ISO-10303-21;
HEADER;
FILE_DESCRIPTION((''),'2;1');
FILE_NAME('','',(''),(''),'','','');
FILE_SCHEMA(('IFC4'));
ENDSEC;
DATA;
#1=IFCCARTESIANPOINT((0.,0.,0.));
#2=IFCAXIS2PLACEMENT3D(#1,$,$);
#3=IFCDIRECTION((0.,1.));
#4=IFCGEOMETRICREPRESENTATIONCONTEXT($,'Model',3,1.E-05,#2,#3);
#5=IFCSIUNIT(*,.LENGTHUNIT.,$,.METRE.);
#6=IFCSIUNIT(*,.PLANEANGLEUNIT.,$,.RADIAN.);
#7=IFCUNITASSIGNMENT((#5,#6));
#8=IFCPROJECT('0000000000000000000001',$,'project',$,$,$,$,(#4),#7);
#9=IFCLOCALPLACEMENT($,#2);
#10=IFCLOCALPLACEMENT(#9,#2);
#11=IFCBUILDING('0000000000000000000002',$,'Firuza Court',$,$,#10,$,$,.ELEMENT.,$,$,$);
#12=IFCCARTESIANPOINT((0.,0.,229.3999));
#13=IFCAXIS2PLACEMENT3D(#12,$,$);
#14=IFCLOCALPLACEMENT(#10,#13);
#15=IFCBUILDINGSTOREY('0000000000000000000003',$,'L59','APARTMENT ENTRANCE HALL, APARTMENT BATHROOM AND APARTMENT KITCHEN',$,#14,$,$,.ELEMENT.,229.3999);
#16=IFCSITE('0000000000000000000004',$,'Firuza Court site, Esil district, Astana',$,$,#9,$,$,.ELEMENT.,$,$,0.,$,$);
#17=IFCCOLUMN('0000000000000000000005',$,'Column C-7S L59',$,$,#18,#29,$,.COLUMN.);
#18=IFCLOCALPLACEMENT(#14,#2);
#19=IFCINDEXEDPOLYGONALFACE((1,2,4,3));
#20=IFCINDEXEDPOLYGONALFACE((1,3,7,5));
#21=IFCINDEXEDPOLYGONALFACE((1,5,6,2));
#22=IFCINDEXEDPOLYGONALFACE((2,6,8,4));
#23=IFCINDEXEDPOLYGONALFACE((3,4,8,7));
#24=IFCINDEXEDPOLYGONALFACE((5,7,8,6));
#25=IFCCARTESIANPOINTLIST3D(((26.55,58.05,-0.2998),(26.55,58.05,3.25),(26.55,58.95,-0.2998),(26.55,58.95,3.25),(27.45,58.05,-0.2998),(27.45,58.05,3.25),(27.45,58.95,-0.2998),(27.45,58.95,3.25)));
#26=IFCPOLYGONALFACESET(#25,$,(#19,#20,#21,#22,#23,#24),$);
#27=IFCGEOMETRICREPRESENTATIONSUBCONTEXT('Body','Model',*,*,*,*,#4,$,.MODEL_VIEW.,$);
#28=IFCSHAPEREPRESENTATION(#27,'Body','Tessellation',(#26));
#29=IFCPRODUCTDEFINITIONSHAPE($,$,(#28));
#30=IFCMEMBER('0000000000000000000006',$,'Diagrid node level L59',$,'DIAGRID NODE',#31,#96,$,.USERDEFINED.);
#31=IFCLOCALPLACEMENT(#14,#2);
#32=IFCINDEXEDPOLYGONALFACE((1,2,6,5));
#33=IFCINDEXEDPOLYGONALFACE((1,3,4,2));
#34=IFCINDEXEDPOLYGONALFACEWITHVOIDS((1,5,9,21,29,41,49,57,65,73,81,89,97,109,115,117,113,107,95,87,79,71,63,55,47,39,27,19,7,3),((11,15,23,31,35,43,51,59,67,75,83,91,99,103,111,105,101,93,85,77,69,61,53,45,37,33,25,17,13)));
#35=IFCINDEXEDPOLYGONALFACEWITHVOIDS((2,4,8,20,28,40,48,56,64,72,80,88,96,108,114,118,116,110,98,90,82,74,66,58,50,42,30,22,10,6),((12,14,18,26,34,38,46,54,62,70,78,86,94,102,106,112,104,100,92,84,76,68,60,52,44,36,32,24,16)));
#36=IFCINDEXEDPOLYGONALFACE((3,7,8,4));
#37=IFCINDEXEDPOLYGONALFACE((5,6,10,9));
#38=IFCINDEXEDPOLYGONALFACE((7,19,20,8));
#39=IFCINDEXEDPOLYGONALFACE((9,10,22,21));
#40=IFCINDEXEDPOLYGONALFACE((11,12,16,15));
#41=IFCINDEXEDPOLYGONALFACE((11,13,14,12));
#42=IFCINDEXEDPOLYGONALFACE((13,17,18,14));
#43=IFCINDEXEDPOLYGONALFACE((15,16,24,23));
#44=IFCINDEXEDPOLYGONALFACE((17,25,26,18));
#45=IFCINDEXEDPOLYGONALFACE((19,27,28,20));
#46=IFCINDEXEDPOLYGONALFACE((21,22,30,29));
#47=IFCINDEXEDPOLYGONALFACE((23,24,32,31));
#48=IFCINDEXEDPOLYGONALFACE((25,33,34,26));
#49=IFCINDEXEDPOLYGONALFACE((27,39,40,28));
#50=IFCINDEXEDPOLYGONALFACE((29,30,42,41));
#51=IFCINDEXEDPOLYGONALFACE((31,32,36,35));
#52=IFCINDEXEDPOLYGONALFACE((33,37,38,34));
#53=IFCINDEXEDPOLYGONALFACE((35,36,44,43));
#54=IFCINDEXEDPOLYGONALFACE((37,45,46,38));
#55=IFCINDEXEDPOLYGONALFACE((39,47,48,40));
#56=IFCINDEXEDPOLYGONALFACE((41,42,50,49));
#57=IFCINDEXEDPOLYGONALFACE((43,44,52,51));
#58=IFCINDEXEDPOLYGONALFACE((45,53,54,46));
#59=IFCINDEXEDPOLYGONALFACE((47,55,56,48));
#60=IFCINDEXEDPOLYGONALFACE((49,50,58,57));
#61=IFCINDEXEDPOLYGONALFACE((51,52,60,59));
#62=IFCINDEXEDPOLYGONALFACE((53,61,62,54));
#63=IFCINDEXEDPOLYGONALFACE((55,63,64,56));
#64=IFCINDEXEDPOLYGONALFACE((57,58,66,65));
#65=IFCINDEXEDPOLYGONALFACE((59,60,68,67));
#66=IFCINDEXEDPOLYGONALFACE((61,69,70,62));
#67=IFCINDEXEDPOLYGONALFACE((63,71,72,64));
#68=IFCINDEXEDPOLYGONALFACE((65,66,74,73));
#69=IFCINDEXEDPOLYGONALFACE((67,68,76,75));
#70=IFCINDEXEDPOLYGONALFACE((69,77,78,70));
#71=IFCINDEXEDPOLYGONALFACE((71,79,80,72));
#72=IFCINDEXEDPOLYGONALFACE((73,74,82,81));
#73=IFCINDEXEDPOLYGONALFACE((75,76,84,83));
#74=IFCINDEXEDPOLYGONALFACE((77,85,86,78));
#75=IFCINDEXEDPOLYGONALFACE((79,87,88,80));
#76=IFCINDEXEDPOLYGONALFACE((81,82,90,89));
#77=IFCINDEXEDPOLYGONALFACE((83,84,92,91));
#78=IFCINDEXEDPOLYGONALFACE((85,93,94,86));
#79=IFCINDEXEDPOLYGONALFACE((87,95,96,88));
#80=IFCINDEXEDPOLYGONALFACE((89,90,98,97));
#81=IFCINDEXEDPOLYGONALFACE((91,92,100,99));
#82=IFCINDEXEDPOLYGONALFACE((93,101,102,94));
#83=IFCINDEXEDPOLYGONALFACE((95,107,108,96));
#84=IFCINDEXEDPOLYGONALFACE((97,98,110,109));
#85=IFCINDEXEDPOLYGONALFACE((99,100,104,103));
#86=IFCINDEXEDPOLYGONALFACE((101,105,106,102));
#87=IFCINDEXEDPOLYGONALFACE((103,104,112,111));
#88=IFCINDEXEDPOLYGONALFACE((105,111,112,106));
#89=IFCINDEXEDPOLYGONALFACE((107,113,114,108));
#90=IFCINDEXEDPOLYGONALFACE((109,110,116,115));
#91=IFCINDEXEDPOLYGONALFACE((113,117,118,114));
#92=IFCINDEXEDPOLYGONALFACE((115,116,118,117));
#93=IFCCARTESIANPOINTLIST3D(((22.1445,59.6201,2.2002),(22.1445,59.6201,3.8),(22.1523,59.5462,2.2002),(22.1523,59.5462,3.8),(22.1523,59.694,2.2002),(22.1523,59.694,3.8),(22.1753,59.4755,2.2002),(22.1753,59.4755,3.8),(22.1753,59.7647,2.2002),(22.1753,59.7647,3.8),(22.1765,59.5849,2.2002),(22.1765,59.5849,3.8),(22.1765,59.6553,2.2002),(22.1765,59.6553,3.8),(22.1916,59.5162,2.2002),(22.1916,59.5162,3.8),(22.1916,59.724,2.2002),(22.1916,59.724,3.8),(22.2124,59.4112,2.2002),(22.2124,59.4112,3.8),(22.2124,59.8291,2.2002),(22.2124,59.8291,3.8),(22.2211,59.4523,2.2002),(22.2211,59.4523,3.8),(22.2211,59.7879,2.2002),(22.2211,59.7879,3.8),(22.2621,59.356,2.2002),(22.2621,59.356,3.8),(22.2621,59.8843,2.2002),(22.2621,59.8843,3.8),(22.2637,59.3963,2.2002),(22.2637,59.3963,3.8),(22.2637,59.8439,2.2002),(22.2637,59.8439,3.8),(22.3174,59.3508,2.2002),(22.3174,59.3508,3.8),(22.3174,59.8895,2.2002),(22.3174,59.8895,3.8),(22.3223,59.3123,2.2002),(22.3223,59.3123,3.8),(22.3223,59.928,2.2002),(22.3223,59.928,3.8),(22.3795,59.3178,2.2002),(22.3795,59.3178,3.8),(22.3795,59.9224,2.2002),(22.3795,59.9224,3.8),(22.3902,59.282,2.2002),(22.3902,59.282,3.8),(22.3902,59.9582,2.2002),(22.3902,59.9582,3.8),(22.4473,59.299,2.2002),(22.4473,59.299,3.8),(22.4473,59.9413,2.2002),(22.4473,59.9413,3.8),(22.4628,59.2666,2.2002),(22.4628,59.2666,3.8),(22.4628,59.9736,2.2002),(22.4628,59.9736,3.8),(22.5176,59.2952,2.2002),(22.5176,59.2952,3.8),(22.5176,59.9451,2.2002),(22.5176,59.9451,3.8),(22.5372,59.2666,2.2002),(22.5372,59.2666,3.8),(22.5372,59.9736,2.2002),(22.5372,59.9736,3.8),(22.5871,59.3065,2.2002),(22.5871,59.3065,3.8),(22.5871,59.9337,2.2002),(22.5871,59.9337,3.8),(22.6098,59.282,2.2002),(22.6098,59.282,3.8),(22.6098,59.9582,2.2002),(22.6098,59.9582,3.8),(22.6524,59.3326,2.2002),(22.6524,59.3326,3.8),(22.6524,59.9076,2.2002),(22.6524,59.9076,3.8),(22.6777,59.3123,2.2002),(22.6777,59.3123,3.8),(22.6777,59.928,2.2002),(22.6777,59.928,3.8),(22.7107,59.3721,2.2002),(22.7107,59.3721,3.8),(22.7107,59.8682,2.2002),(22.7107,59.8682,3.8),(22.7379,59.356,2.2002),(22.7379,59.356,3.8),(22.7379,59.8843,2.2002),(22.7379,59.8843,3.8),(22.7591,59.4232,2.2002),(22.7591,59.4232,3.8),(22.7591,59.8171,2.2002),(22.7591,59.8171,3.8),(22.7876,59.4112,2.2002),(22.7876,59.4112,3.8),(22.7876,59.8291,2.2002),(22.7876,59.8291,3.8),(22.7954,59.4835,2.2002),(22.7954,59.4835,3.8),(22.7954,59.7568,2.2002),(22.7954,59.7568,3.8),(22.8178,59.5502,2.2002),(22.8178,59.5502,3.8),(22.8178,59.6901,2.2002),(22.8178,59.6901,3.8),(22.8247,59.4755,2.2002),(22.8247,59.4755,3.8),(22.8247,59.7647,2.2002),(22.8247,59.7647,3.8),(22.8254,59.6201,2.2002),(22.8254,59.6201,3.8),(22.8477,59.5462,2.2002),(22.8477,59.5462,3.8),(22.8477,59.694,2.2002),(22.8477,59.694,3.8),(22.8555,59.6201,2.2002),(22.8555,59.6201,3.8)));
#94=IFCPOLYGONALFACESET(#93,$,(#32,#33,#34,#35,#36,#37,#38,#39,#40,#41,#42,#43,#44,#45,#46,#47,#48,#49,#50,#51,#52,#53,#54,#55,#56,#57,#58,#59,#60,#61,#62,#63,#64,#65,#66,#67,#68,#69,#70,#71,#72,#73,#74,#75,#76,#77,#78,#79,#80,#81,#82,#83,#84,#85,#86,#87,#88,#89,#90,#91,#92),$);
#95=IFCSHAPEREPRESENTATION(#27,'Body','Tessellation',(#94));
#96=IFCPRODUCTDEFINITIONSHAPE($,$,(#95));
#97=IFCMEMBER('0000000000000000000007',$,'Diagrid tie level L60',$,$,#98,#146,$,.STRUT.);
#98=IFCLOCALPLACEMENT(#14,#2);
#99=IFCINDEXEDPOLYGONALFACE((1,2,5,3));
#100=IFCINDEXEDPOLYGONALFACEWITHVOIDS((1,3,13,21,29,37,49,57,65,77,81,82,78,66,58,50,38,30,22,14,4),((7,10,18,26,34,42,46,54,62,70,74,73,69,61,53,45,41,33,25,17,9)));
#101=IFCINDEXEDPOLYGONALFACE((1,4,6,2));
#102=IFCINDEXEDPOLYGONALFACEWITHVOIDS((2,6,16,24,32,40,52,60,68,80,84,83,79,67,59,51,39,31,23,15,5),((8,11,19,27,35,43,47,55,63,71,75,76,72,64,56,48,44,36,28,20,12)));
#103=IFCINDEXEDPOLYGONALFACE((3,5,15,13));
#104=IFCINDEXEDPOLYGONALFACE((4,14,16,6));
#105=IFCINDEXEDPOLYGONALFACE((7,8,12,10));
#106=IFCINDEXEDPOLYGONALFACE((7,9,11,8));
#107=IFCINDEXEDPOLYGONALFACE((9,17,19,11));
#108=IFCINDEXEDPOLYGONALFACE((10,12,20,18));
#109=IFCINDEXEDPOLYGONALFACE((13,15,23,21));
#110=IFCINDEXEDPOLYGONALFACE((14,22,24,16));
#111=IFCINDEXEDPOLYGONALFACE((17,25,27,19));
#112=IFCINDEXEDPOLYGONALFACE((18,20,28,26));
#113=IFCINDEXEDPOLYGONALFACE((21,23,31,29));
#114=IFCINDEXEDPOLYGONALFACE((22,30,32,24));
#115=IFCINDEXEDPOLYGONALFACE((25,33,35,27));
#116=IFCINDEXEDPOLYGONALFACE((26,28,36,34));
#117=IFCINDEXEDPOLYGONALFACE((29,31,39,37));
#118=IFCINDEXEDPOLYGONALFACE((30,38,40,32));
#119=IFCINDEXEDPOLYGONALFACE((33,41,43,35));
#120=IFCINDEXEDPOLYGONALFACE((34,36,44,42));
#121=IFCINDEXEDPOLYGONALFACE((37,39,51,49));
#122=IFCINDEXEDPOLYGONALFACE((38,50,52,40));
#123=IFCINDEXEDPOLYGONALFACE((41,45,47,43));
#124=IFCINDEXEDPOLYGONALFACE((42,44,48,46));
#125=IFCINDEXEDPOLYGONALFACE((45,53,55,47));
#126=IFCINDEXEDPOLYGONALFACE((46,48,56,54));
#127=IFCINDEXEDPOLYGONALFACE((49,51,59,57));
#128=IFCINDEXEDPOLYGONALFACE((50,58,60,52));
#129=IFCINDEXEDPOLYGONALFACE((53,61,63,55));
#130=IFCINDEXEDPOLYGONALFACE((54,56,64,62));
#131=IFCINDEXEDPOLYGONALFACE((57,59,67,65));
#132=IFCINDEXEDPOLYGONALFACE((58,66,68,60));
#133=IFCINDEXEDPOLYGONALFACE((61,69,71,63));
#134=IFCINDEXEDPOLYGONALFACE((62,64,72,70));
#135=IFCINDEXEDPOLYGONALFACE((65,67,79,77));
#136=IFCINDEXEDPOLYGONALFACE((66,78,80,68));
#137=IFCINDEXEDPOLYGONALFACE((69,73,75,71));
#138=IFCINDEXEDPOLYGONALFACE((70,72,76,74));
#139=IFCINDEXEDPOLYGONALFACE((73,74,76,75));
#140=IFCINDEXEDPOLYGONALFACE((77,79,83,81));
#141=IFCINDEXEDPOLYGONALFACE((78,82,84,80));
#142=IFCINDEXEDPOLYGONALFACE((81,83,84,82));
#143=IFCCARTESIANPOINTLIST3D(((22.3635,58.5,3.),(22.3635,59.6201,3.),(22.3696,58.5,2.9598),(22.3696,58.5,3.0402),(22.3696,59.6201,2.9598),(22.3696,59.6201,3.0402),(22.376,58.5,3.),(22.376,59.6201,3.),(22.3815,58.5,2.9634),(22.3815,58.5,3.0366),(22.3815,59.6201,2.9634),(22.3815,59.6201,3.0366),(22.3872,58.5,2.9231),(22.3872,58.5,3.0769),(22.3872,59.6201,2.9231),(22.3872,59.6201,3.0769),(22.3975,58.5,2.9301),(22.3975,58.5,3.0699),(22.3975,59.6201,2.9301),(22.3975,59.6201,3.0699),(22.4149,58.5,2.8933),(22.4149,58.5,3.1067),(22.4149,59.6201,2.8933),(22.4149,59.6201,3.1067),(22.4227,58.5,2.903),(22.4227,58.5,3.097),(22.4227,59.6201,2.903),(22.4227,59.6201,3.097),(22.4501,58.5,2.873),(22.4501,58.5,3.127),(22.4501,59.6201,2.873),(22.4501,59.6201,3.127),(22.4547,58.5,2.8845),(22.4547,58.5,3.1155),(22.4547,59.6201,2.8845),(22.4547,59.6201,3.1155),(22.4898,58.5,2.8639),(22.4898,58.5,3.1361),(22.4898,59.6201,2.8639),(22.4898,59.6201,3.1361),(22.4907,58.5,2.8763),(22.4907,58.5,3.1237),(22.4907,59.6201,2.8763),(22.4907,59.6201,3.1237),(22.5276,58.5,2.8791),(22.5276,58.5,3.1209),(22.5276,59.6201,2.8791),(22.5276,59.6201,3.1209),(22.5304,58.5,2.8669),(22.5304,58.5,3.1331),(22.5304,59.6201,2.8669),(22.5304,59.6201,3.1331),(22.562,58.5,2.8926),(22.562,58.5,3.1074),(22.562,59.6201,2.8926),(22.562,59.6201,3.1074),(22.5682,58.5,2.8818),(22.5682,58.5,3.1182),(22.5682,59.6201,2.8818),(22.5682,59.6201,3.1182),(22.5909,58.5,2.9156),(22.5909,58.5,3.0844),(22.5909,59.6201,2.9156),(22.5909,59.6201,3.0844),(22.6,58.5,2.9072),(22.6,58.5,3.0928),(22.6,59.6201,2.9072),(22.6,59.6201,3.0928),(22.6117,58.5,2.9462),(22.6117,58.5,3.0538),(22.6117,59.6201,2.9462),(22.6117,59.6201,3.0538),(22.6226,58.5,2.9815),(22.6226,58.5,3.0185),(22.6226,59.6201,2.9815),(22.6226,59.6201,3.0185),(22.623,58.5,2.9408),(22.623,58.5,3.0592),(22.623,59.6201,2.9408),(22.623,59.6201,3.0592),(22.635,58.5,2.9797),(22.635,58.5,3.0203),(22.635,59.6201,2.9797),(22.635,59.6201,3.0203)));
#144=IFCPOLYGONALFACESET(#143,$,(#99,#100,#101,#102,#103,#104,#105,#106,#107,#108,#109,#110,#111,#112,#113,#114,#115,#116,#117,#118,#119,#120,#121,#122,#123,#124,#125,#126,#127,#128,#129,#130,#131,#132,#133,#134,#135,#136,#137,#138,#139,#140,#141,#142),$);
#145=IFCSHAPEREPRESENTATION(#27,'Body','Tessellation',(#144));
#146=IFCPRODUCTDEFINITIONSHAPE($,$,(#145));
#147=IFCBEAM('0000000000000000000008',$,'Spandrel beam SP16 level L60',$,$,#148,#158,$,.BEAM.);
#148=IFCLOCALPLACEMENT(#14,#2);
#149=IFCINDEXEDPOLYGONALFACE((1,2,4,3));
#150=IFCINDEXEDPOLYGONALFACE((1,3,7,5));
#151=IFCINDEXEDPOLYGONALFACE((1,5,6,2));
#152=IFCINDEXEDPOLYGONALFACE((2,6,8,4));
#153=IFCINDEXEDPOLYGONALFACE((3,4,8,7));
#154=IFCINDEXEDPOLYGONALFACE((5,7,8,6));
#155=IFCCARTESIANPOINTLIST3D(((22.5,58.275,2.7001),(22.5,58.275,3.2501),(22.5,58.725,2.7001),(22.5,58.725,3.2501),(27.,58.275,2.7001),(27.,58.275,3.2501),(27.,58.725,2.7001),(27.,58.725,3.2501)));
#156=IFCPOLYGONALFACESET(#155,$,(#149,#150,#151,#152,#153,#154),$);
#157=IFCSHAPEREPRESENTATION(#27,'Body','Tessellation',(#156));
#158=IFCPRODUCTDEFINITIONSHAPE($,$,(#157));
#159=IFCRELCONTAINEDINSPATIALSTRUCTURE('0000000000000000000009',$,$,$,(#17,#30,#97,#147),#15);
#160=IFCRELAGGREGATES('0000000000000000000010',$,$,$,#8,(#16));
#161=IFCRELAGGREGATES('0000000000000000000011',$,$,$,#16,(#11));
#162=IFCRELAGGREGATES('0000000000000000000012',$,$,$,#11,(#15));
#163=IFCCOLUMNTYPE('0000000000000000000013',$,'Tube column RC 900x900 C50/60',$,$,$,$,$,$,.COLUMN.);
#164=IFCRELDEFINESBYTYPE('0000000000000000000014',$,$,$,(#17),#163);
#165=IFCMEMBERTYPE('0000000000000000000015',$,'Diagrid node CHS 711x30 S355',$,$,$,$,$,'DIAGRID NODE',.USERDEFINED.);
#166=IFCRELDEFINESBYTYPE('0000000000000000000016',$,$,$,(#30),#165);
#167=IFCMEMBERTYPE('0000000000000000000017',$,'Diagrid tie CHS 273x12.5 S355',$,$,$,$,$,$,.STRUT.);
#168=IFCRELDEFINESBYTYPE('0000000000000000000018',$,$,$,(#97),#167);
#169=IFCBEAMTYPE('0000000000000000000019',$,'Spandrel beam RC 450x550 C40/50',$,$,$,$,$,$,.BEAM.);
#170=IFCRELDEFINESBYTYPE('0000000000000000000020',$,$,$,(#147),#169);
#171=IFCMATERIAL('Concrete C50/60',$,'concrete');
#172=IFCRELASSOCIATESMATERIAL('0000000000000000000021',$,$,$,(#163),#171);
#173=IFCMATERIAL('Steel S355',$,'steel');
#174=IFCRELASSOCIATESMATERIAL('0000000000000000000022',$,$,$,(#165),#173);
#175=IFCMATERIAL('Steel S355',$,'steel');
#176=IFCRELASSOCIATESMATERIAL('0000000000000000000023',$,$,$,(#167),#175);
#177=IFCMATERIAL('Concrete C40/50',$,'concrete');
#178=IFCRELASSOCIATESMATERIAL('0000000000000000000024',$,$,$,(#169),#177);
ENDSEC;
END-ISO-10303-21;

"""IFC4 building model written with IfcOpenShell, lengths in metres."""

from ifc_helpers import new_model, si_unit, direction, frame, origin, origin_2d, place, context, subcontext, project, spatial, rectangle, hollow_circle, extrude, material, material_profile, profile_set, type_object, element, save


model = new_model("IFC4")

# Units and contexts
model_context = context("Model", 3, precision=1e-05, world=origin(), true_north=direction((0.0, 1.0)))
body_context = subcontext(model_context, "Body", "Model", "MODEL_VIEW")
ifc_project = project(units=[si_unit("LENGTHUNIT", "METRE"), si_unit("PLANEANGLEUNIT", "RADIAN")], contexts=[model_context])

# Site, building, storey
site_placement = place(None, origin())
site = spatial("IfcSite", under=ifc_project, at=site_placement, Name="Firuza Court site, Esil district, Astana", CompositionType="ELEMENT", RefElevation=0.0)
building_placement = place(site_placement, origin())
building = spatial("IfcBuilding", under=site, at=building_placement, Name="Firuza Court", CompositionType="ELEMENT")
storey_placement = place(building_placement, frame((0.0, 0.0, 229.3999)))
storey = spatial("IfcBuildingStorey", under=building, at=storey_placement, Name="L59", Description="APARTMENT ENTRANCE HALL, APARTMENT BATHROOM AND APARTMENT KITCHEN", CompositionType="ELEMENT", Elevation=229.3999)

# Column
ifc_material_1 = material(Name="Concrete C50/60", Category="concrete")
ifc_material_profile_1 = material_profile(ifc_material_1, rectangle(XDim=0.8999, YDim=0.8999, at=origin_2d()), Name="RC 900x900")
ifc_profile_set_1 = profile_set([ifc_material_profile_1], Name="Concrete C50/60")
column_type = type_object("IfcColumnType", Name="Tube column RC 900x900 C50/60", PredefinedType="COLUMN", material=ifc_profile_set_1)
column_placement = place(storey_placement, frame((27.0, 58.5, -0.2998), z_axis=(0.0, 0.0, 1.0), x_axis=(1.0, 0.0, 0.0)))
element("IfcColumn", 1, at=column_placement, inside=storey, type_object=column_type, Name="Column C-7S L59", PredefinedType="COLUMN", context=body_context, shape_type="SweptSolid", body=[
    extrude(rectangle(XDim=0.8999, YDim=0.8999, at=origin_2d()), origin(), (0.0, 0.0, 1.0), 3.5498),
])

# Members
ifc_material_2 = material(Name="Steel S355", Category="steel")
ifc_material_profile_2 = material_profile(ifc_material_2, hollow_circle(Radius=0.3555, WallThickness=0.03, at=origin_2d()), Name="CHS 711x30")
ifc_profile_set_2 = profile_set([ifc_material_profile_2], Name="Steel S355")
member_type_1 = type_object("IfcMemberType", Name="Diagrid node CHS 711x30 S355", ElementType="DIAGRID NODE", PredefinedType="USERDEFINED", material=ifc_profile_set_2)
member_1_placement = place(storey_placement, frame((22.5, 59.6201, 2.2002), z_axis=(0.0, 0.0, 1.0), x_axis=(1.0, 0.0, 0.0)))
element("IfcMember", 2, at=member_1_placement, inside=storey, type_object=member_type_1, Name="Diagrid node level L59", ObjectType="DIAGRID NODE", PredefinedType="USERDEFINED", context=body_context, shape_type="SweptSolid", body=[
    extrude(hollow_circle(Radius=0.3555, WallThickness=0.03, at=origin_2d()), origin(), (0.0, 0.0, 1.0), 1.5999),
])
ifc_material_3 = material(Name="Steel S355", Category="steel")
ifc_material_profile_3 = material_profile(ifc_material_3, hollow_circle(Radius=0.1365, WallThickness=0.0125, at=origin_2d()), Name="CHS 273x12.5")
ifc_profile_set_3 = profile_set([ifc_material_profile_3], Name="Steel S355")
member_type_2 = type_object("IfcMemberType", Name="Diagrid tie CHS 273x12.5 S355", PredefinedType="STRUT", material=ifc_profile_set_3)
member_2_placement = place(storey_placement, frame((22.5, 58.5, 3.0), z_axis=(0.0, 1.0, 0.0), x_axis=(-1.0, 0.0, 0.0)))
element("IfcMember", 3, at=member_2_placement, inside=storey, type_object=member_type_2, Name="Diagrid tie level L60", PredefinedType="STRUT", context=body_context, shape_type="SweptSolid", body=[
    extrude(hollow_circle(Radius=0.1365, WallThickness=0.0125, at=origin_2d()), origin(), (0.0, 0.0, 1.0), 1.1201),
])

# Beam
ifc_material_4 = material(Name="Concrete C40/50", Category="concrete")
ifc_material_profile_4 = material_profile(ifc_material_4, rectangle(XDim=0.45, YDim=0.55, at=origin_2d()), Name="RC 450x550")
ifc_profile_set_4 = profile_set([ifc_material_profile_4], Name="Concrete C40/50")
beam_type = type_object("IfcBeamType", Name="Spandrel beam RC 450x550 C40/50", PredefinedType="BEAM", material=ifc_profile_set_4)
beam_placement = place(storey_placement, frame((27.0, 58.5, 2.9751), z_axis=(-1.0, 0.0, 0.0), x_axis=(0.0, -1.0, 0.0)))
element("IfcBeam", 4, at=beam_placement, inside=storey, type_object=beam_type, Name="Spandrel beam SP16 level L60", PredefinedType="BEAM", context=body_context, shape_type="SweptSolid", body=[
    extrude(rectangle(XDim=0.45, YDim=0.55, at=origin_2d()), origin(), (0.0, 0.0, 1.0), 4.5),
])

save(model, "model.ifc")
